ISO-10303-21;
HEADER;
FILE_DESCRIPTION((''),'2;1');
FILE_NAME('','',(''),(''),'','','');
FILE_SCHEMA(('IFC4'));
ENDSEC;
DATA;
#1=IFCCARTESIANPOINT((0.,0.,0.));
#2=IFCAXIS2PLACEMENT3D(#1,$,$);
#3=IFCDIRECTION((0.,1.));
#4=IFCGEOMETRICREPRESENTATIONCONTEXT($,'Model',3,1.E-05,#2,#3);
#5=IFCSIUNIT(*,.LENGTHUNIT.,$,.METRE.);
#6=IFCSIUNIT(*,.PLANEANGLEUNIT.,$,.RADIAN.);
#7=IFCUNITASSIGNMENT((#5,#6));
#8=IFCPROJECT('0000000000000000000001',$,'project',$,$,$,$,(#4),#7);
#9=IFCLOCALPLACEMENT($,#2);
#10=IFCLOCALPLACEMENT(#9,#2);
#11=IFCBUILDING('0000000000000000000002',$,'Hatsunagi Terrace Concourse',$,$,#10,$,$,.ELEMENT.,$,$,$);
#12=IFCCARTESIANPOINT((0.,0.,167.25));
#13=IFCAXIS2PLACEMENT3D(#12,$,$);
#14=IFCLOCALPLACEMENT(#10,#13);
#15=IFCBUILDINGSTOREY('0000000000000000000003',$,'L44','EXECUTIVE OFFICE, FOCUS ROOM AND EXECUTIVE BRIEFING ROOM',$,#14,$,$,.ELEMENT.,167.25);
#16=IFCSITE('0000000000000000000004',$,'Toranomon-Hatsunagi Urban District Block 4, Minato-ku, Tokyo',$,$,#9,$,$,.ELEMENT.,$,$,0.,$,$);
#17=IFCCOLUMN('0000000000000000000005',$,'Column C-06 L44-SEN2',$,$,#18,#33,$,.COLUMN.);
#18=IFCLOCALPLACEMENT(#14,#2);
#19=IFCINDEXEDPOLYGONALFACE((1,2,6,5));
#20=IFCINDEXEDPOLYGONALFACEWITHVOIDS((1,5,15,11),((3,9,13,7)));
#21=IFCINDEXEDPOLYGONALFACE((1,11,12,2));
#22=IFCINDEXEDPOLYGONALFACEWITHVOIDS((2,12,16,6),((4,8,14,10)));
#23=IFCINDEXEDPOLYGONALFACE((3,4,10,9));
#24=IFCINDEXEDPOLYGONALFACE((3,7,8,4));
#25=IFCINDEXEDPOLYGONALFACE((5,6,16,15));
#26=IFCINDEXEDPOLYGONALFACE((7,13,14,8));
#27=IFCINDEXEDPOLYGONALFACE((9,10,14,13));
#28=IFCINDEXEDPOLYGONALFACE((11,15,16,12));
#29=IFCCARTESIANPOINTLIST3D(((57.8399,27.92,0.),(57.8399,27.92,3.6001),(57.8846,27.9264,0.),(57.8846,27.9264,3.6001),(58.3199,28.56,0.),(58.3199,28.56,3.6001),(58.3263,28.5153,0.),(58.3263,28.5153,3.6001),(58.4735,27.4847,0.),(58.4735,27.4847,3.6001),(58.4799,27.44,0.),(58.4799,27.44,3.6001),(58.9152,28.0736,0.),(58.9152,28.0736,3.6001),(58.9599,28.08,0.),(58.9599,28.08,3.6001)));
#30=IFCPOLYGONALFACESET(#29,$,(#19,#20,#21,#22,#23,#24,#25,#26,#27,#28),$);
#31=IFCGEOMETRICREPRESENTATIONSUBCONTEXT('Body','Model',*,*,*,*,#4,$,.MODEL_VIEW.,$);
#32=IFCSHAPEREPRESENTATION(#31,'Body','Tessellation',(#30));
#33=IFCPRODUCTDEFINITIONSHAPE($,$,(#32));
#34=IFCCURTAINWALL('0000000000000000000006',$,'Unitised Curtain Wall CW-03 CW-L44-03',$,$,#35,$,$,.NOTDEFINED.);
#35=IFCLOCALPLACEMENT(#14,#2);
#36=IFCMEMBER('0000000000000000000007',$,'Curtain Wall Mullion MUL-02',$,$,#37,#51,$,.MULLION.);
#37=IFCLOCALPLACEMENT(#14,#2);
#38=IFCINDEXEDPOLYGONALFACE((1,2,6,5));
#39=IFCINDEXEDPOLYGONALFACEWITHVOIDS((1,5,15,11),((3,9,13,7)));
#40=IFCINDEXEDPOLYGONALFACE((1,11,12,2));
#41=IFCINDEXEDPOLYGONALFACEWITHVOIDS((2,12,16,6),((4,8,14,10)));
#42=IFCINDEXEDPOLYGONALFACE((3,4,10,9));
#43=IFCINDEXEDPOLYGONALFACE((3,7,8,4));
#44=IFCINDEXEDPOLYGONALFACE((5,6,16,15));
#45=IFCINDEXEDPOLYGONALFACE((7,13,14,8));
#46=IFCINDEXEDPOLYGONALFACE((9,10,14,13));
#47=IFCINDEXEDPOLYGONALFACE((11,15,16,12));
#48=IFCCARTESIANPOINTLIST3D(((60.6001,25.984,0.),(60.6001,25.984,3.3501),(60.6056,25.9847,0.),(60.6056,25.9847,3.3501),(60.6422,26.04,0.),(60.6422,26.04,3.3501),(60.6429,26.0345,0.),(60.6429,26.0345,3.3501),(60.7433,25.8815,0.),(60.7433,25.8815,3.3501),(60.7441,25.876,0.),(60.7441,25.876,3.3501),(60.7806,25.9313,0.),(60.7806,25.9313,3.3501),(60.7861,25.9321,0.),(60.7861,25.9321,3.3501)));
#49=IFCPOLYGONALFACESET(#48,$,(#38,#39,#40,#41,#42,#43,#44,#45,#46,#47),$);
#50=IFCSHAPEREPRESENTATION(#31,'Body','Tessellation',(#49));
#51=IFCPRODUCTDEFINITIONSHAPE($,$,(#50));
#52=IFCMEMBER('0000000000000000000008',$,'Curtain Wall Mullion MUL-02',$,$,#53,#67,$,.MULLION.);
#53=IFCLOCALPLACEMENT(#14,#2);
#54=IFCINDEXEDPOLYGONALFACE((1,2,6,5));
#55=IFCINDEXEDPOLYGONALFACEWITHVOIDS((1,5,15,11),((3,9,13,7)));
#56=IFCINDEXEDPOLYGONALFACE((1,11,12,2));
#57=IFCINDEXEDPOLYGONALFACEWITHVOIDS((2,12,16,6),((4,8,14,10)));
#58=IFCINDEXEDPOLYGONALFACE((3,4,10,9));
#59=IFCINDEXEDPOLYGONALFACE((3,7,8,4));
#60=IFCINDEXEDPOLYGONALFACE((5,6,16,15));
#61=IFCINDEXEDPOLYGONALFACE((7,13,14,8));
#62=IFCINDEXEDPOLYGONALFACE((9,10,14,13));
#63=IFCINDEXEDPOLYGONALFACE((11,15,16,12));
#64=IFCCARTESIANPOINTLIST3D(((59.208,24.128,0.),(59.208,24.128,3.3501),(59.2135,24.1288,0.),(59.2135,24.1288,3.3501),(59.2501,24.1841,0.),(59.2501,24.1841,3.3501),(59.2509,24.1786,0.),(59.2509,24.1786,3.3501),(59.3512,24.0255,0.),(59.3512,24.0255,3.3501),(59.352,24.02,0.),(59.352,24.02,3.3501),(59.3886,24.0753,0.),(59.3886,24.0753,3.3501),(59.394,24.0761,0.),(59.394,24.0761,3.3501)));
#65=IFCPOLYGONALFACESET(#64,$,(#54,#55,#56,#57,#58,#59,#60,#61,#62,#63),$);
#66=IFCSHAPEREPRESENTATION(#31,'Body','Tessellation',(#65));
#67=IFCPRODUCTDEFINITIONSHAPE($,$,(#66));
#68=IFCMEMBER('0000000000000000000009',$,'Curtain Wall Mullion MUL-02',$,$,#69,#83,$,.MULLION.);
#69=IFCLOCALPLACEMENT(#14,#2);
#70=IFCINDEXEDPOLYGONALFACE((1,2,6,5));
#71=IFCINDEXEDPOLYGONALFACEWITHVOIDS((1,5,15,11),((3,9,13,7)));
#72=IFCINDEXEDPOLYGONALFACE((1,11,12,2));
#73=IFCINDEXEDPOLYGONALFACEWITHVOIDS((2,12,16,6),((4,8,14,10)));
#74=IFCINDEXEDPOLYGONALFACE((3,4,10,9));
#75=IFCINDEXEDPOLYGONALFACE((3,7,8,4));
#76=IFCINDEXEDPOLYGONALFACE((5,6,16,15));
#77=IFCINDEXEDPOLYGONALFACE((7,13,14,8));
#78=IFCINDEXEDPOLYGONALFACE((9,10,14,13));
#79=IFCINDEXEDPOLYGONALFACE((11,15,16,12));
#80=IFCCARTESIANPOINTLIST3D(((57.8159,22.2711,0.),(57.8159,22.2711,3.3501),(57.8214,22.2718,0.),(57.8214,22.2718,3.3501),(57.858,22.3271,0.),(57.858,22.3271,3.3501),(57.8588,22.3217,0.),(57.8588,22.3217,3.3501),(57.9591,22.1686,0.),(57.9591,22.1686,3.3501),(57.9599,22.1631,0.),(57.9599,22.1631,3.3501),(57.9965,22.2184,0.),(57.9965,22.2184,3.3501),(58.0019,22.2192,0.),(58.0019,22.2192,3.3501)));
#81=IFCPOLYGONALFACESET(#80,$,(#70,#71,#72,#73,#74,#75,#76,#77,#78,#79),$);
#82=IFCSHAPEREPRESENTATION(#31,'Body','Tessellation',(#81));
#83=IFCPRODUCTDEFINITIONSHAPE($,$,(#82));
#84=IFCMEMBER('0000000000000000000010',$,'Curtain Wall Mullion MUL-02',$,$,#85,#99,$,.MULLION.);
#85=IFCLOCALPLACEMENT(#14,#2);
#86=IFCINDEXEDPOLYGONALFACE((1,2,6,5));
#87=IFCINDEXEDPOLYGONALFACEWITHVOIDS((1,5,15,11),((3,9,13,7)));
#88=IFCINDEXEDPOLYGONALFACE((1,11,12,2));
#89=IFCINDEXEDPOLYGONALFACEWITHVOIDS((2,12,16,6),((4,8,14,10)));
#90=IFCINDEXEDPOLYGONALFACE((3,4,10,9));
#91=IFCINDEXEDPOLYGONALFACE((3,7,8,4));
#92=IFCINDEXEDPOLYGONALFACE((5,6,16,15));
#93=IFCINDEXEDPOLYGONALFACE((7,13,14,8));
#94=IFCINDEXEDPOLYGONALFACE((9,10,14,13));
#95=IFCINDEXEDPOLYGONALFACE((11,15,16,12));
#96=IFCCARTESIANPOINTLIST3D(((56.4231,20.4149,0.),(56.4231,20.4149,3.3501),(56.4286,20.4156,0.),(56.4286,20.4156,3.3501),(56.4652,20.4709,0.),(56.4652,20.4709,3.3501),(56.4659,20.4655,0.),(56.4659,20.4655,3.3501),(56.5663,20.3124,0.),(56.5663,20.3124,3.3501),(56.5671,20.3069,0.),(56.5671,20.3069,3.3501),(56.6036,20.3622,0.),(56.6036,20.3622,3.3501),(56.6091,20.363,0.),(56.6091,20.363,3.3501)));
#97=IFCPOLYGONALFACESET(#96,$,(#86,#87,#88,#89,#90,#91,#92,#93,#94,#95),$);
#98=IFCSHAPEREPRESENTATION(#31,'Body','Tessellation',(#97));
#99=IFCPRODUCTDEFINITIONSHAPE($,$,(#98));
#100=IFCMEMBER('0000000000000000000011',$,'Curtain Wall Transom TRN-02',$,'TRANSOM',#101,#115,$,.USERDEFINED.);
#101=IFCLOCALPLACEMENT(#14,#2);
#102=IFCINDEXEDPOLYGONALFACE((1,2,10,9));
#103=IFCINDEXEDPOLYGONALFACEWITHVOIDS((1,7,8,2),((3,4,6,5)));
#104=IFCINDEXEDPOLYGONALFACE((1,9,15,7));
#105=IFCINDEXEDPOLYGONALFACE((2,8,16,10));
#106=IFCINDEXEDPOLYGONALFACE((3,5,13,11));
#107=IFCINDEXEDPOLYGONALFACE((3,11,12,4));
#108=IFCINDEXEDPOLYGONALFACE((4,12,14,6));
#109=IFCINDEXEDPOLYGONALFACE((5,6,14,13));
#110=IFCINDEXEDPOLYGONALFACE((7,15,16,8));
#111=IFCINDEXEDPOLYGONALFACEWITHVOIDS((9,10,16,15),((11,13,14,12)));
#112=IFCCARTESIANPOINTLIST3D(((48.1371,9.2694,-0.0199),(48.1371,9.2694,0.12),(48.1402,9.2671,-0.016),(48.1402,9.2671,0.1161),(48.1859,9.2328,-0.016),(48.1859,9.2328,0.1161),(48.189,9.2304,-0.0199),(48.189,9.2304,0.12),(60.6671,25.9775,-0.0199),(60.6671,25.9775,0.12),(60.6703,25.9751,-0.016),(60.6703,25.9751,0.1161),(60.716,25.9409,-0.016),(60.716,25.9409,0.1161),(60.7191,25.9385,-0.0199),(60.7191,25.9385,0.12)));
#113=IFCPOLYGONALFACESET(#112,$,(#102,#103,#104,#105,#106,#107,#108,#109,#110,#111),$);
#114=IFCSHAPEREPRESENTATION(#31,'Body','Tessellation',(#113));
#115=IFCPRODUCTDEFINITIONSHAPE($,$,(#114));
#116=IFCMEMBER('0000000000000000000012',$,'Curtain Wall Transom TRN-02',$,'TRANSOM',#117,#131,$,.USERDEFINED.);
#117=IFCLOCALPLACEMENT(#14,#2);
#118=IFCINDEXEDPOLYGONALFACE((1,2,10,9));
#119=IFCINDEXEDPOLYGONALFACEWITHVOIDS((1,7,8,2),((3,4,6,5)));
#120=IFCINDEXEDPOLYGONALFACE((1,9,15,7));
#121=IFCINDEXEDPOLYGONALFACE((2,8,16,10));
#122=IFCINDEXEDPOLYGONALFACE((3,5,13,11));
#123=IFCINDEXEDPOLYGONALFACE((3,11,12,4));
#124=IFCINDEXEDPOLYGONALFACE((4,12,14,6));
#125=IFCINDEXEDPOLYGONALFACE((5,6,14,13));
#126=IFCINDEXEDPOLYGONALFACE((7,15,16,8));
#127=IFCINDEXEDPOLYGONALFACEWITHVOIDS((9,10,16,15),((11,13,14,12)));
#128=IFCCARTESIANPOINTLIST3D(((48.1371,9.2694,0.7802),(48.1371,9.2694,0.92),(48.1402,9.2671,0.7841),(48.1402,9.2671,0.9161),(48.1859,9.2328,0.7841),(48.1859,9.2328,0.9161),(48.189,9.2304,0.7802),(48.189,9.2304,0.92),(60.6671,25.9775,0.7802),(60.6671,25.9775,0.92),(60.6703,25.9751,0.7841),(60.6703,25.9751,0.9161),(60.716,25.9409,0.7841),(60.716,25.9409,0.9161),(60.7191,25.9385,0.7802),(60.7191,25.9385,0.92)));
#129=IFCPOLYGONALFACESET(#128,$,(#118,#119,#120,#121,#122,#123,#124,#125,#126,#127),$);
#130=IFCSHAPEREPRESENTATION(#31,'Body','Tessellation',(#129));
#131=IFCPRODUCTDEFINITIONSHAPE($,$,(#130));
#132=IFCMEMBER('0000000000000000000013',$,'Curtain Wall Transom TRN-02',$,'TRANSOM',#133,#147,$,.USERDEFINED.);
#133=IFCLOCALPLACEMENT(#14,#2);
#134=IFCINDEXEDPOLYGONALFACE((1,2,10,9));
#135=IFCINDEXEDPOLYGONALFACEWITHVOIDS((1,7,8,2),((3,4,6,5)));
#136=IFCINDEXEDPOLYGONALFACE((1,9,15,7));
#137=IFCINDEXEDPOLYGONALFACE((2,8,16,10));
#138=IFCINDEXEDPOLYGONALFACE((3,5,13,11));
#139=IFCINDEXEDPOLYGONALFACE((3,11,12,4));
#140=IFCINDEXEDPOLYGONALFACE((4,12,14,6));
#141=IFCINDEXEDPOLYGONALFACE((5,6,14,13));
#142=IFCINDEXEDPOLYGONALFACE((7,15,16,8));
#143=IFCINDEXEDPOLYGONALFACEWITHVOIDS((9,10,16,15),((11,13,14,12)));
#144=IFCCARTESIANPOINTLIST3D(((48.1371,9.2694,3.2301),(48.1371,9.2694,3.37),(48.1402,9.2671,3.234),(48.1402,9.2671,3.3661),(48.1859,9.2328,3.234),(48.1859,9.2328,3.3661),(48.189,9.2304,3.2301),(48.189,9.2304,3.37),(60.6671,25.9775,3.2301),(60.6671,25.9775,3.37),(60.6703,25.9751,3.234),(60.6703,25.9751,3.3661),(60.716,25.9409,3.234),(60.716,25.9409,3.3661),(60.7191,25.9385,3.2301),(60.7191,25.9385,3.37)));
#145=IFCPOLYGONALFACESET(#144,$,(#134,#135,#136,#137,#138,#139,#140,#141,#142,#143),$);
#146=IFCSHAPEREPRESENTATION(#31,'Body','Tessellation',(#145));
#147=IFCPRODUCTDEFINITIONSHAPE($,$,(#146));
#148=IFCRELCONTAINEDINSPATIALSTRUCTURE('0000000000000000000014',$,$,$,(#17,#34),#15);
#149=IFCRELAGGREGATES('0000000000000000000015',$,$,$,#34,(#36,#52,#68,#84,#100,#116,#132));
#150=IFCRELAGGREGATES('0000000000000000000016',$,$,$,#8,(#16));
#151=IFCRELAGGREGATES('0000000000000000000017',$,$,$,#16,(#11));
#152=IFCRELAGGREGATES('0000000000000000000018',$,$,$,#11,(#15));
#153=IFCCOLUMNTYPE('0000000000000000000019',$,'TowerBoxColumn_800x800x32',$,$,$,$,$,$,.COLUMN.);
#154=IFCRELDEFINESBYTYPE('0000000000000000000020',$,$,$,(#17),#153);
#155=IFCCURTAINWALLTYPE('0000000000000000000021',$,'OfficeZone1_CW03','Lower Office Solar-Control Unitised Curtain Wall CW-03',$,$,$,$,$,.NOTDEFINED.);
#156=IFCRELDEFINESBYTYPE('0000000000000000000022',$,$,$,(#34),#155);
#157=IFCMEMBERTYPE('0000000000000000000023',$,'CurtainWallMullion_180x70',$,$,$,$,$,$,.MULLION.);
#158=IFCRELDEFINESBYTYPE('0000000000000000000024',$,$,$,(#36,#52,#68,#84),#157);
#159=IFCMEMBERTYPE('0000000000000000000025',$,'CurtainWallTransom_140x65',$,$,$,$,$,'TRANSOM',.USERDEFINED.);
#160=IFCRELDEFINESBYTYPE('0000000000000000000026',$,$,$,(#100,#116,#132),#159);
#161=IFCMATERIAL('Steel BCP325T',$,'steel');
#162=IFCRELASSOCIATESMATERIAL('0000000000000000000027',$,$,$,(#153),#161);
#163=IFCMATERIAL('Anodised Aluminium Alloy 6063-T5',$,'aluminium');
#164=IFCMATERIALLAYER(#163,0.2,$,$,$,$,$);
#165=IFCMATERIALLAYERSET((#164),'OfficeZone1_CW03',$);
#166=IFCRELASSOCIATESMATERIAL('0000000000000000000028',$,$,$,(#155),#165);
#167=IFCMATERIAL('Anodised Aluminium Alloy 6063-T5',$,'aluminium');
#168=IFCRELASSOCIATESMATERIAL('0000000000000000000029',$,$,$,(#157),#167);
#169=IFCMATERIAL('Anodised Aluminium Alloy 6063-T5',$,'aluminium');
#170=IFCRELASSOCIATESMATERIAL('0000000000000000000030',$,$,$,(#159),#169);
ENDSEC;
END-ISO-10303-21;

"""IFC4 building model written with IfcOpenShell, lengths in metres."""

from ifc_helpers import new_model, si_unit, direction, frame, origin, origin_2d, place, context, subcontext, project, spatial, hollow_rectangle, extrude, material, layer, layer_set, material_profile, profile_set, type_object, element, aggregate, save


model = new_model("IFC4")

# Units and contexts
model_context = context("Model", 3, precision=1e-05, world=origin(), true_north=direction((0.0, 1.0)))
body_context = subcontext(model_context, "Body", "Model", "MODEL_VIEW")
ifc_project = project(units=[si_unit("LENGTHUNIT", "METRE"), si_unit("PLANEANGLEUNIT", "RADIAN")], contexts=[model_context])

# Site, building, storey
site_placement = place(None, origin())
site = spatial("IfcSite", under=ifc_project, at=site_placement, Name="Toranomon-Hatsunagi Urban District Block 4, Minato-ku, Tokyo", CompositionType="ELEMENT", RefElevation=0.0)
building_placement = place(site_placement, origin())
building = spatial("IfcBuilding", under=site, at=building_placement, Name="Hatsunagi Terrace Concourse", CompositionType="ELEMENT")
storey_placement = place(building_placement, frame((0.0, 0.0, 167.25)))
storey = spatial("IfcBuildingStorey", under=building, at=storey_placement, Name="L44", Description="EXECUTIVE OFFICE, FOCUS ROOM AND EXECUTIVE BRIEFING ROOM", CompositionType="ELEMENT", Elevation=167.25)

# Column
ifc_material_1 = material(Name="Steel BCP325T", Category="steel")
ifc_material_profile_1 = material_profile(ifc_material_1, hollow_rectangle(XDim=0.8, YDim=0.8, WallThickness=0.032, at=origin_2d()), Name="BCP-800x800x32")
ifc_profile_set_1 = profile_set([ifc_material_profile_1], Name="Steel BCP325T")
column_type = type_object("IfcColumnType", Name="TowerBoxColumn_800x800x32", PredefinedType="COLUMN", material=ifc_profile_set_1)
column_placement = place(storey_placement, frame((58.3999, 28.0, 0.0), z_axis=(0.0, 0.0, 1.0), x_axis=(0.8, -0.6, 0.0)))
element("IfcColumn", 1, at=column_placement, inside=storey, type_object=column_type, Name="Column C-06 L44-SEN2", PredefinedType="COLUMN", context=body_context, shape_type="SweptSolid", body=[
    extrude(hollow_rectangle(XDim=0.8, YDim=0.8, WallThickness=0.032, at=origin_2d()), origin(), (0.0, 0.0, 1.0), 3.6001),
])

# Curtain wall, members
ifc_material_2 = material(Name="Anodised Aluminium Alloy 6063-T5", Category="aluminium")
ifc_layer_1 = layer(ifc_material_2, 0.2)
ifc_layer_set_1 = layer_set([ifc_layer_1], Name="OfficeZone1_CW03")
curtain_wall_type = type_object("IfcCurtainWallType", Name="OfficeZone1_CW03", Description="Lower Office Solar-Control Unitised Curtain Wall CW-03", PredefinedType="NOTDEFINED", material=ifc_layer_set_1)
curtain_wall_placement = place(storey_placement, origin())
curtain_wall = element("IfcCurtainWall", 2, at=curtain_wall_placement, inside=storey, type_object=curtain_wall_type, Name="Unitised Curtain Wall CW-03 CW-L44-03", PredefinedType="NOTDEFINED")
ifc_material_3 = material(Name="Anodised Aluminium Alloy 6063-T5", Category="aluminium")
ifc_material_profile_2 = material_profile(ifc_material_3, hollow_rectangle(XDim=0.0701, YDim=0.1799, WallThickness=0.0039, at=origin_2d()), Name="ALU-MUL-180x70x4")
ifc_profile_set_2 = profile_set([ifc_material_profile_2], Name="Anodised Aluminium Alloy 6063-T5")
member_type_1 = type_object("IfcMemberType", Name="CurtainWallMullion_180x70", PredefinedType="MULLION", material=ifc_profile_set_2)
member_1_placement = place(storey_placement, frame((60.6931, 25.958, 0.0), z_axis=(0.0, 0.0, 1.0), x_axis=(-0.599969, -0.800023, 0.0)))
member_1 = element("IfcMember", 3, at=member_1_placement, type_object=member_type_1, Name="Curtain Wall Mullion MUL-02", PredefinedType="MULLION", context=body_context, shape_type="SweptSolid", body=[
    extrude(hollow_rectangle(XDim=0.0701, YDim=0.1799, WallThickness=0.0039, at=origin_2d()), origin(), (0.0, 0.0, 1.0), 3.3501),
])
member_2_placement = place(storey_placement, frame((59.301, 24.1021, 0.0), z_axis=(0.0, 0.0, 1.0), x_axis=(-0.599969, -0.800023, 0.0)))
member_2 = element("IfcMember", 4, at=member_2_placement, type_object=member_type_1, Name="Curtain Wall Mullion MUL-02", PredefinedType="MULLION", context=body_context, shape_type="SweptSolid", body=[
    extrude(hollow_rectangle(XDim=0.0701, YDim=0.1799, WallThickness=0.0039, at=origin_2d()), origin(), (0.0, 0.0, 1.0), 3.3501),
])
member_3_placement = place(storey_placement, frame((57.9089, 22.2451, 0.0), z_axis=(0.0, 0.0, 1.0), x_axis=(-0.599969, -0.800023, 0.0)))
member_3 = element("IfcMember", 5, at=member_3_placement, type_object=member_type_1, Name="Curtain Wall Mullion MUL-02", PredefinedType="MULLION", context=body_context, shape_type="SweptSolid", body=[
    extrude(hollow_rectangle(XDim=0.0701, YDim=0.1799, WallThickness=0.0039, at=origin_2d()), origin(), (0.0, 0.0, 1.0), 3.3501),
])
member_4_placement = place(storey_placement, frame((56.5161, 20.3889, 0.0), z_axis=(0.0, 0.0, 1.0), x_axis=(-0.599969, -0.800023, 0.0)))
member_4 = element("IfcMember", 6, at=member_4_placement, type_object=member_type_1, Name="Curtain Wall Mullion MUL-02", PredefinedType="MULLION", context=body_context, shape_type="SweptSolid", body=[
    extrude(hollow_rectangle(XDim=0.0701, YDim=0.1799, WallThickness=0.0039, at=origin_2d()), origin(), (0.0, 0.0, 1.0), 3.3501),
])
ifc_material_4 = material(Name="Anodised Aluminium Alloy 6063-T5", Category="aluminium")
ifc_material_profile_3 = material_profile(ifc_material_4, hollow_rectangle(XDim=0.0649, YDim=0.1399, WallThickness=0.0039, at=origin_2d()), Name="ALU-TRN-140x65x4")
ifc_profile_set_3 = profile_set([ifc_material_profile_3], Name="Anodised Aluminium Alloy 6063-T5")
member_type_2 = type_object("IfcMemberType", Name="CurtainWallTransom_140x65", ElementType="TRANSOM", PredefinedType="USERDEFINED", material=ifc_profile_set_3)
member_5_placement = place(storey_placement, frame((60.6931, 25.958, 0.05), z_axis=(-0.59997, -0.800022, 0.0), x_axis=(0.800022, -0.59997, 0.0)))
member_5 = element("IfcMember", 7, at=member_5_placement, type_object=member_type_2, Name="Curtain Wall Transom TRN-02", ObjectType="TRANSOM", PredefinedType="USERDEFINED", context=body_context, shape_type="SweptSolid", body=[
    extrude(hollow_rectangle(XDim=0.0649, YDim=0.1399, WallThickness=0.0039, at=origin_2d()), origin(), (0.0, 0.0, 1.0), 20.8845),
])
member_6_placement = place(storey_placement, frame((60.6931, 25.958, 0.8501), z_axis=(-0.59997, -0.800022, 0.0), x_axis=(0.800022, -0.59997, 0.0)))
member_6 = element("IfcMember", 8, at=member_6_placement, type_object=member_type_2, Name="Curtain Wall Transom TRN-02", ObjectType="TRANSOM", PredefinedType="USERDEFINED", context=body_context, shape_type="SweptSolid", body=[
    extrude(hollow_rectangle(XDim=0.0649, YDim=0.1399, WallThickness=0.0039, at=origin_2d()), origin(), (0.0, 0.0, 1.0), 20.8845),
])
member_7_placement = place(storey_placement, frame((60.6931, 25.958, 3.3), z_axis=(-0.59997, -0.800022, 0.0), x_axis=(0.800022, -0.59997, 0.0)))
member_7 = element("IfcMember", 9, at=member_7_placement, type_object=member_type_2, Name="Curtain Wall Transom TRN-02", ObjectType="TRANSOM", PredefinedType="USERDEFINED", context=body_context, shape_type="SweptSolid", body=[
    extrude(hollow_rectangle(XDim=0.0649, YDim=0.1399, WallThickness=0.0039, at=origin_2d()), origin(), (0.0, 0.0, 1.0), 20.8845),
])

aggregate(curtain_wall, [member_1, member_2, member_3, member_4, member_5, member_6, member_7])

save(model, "model.ifc")
